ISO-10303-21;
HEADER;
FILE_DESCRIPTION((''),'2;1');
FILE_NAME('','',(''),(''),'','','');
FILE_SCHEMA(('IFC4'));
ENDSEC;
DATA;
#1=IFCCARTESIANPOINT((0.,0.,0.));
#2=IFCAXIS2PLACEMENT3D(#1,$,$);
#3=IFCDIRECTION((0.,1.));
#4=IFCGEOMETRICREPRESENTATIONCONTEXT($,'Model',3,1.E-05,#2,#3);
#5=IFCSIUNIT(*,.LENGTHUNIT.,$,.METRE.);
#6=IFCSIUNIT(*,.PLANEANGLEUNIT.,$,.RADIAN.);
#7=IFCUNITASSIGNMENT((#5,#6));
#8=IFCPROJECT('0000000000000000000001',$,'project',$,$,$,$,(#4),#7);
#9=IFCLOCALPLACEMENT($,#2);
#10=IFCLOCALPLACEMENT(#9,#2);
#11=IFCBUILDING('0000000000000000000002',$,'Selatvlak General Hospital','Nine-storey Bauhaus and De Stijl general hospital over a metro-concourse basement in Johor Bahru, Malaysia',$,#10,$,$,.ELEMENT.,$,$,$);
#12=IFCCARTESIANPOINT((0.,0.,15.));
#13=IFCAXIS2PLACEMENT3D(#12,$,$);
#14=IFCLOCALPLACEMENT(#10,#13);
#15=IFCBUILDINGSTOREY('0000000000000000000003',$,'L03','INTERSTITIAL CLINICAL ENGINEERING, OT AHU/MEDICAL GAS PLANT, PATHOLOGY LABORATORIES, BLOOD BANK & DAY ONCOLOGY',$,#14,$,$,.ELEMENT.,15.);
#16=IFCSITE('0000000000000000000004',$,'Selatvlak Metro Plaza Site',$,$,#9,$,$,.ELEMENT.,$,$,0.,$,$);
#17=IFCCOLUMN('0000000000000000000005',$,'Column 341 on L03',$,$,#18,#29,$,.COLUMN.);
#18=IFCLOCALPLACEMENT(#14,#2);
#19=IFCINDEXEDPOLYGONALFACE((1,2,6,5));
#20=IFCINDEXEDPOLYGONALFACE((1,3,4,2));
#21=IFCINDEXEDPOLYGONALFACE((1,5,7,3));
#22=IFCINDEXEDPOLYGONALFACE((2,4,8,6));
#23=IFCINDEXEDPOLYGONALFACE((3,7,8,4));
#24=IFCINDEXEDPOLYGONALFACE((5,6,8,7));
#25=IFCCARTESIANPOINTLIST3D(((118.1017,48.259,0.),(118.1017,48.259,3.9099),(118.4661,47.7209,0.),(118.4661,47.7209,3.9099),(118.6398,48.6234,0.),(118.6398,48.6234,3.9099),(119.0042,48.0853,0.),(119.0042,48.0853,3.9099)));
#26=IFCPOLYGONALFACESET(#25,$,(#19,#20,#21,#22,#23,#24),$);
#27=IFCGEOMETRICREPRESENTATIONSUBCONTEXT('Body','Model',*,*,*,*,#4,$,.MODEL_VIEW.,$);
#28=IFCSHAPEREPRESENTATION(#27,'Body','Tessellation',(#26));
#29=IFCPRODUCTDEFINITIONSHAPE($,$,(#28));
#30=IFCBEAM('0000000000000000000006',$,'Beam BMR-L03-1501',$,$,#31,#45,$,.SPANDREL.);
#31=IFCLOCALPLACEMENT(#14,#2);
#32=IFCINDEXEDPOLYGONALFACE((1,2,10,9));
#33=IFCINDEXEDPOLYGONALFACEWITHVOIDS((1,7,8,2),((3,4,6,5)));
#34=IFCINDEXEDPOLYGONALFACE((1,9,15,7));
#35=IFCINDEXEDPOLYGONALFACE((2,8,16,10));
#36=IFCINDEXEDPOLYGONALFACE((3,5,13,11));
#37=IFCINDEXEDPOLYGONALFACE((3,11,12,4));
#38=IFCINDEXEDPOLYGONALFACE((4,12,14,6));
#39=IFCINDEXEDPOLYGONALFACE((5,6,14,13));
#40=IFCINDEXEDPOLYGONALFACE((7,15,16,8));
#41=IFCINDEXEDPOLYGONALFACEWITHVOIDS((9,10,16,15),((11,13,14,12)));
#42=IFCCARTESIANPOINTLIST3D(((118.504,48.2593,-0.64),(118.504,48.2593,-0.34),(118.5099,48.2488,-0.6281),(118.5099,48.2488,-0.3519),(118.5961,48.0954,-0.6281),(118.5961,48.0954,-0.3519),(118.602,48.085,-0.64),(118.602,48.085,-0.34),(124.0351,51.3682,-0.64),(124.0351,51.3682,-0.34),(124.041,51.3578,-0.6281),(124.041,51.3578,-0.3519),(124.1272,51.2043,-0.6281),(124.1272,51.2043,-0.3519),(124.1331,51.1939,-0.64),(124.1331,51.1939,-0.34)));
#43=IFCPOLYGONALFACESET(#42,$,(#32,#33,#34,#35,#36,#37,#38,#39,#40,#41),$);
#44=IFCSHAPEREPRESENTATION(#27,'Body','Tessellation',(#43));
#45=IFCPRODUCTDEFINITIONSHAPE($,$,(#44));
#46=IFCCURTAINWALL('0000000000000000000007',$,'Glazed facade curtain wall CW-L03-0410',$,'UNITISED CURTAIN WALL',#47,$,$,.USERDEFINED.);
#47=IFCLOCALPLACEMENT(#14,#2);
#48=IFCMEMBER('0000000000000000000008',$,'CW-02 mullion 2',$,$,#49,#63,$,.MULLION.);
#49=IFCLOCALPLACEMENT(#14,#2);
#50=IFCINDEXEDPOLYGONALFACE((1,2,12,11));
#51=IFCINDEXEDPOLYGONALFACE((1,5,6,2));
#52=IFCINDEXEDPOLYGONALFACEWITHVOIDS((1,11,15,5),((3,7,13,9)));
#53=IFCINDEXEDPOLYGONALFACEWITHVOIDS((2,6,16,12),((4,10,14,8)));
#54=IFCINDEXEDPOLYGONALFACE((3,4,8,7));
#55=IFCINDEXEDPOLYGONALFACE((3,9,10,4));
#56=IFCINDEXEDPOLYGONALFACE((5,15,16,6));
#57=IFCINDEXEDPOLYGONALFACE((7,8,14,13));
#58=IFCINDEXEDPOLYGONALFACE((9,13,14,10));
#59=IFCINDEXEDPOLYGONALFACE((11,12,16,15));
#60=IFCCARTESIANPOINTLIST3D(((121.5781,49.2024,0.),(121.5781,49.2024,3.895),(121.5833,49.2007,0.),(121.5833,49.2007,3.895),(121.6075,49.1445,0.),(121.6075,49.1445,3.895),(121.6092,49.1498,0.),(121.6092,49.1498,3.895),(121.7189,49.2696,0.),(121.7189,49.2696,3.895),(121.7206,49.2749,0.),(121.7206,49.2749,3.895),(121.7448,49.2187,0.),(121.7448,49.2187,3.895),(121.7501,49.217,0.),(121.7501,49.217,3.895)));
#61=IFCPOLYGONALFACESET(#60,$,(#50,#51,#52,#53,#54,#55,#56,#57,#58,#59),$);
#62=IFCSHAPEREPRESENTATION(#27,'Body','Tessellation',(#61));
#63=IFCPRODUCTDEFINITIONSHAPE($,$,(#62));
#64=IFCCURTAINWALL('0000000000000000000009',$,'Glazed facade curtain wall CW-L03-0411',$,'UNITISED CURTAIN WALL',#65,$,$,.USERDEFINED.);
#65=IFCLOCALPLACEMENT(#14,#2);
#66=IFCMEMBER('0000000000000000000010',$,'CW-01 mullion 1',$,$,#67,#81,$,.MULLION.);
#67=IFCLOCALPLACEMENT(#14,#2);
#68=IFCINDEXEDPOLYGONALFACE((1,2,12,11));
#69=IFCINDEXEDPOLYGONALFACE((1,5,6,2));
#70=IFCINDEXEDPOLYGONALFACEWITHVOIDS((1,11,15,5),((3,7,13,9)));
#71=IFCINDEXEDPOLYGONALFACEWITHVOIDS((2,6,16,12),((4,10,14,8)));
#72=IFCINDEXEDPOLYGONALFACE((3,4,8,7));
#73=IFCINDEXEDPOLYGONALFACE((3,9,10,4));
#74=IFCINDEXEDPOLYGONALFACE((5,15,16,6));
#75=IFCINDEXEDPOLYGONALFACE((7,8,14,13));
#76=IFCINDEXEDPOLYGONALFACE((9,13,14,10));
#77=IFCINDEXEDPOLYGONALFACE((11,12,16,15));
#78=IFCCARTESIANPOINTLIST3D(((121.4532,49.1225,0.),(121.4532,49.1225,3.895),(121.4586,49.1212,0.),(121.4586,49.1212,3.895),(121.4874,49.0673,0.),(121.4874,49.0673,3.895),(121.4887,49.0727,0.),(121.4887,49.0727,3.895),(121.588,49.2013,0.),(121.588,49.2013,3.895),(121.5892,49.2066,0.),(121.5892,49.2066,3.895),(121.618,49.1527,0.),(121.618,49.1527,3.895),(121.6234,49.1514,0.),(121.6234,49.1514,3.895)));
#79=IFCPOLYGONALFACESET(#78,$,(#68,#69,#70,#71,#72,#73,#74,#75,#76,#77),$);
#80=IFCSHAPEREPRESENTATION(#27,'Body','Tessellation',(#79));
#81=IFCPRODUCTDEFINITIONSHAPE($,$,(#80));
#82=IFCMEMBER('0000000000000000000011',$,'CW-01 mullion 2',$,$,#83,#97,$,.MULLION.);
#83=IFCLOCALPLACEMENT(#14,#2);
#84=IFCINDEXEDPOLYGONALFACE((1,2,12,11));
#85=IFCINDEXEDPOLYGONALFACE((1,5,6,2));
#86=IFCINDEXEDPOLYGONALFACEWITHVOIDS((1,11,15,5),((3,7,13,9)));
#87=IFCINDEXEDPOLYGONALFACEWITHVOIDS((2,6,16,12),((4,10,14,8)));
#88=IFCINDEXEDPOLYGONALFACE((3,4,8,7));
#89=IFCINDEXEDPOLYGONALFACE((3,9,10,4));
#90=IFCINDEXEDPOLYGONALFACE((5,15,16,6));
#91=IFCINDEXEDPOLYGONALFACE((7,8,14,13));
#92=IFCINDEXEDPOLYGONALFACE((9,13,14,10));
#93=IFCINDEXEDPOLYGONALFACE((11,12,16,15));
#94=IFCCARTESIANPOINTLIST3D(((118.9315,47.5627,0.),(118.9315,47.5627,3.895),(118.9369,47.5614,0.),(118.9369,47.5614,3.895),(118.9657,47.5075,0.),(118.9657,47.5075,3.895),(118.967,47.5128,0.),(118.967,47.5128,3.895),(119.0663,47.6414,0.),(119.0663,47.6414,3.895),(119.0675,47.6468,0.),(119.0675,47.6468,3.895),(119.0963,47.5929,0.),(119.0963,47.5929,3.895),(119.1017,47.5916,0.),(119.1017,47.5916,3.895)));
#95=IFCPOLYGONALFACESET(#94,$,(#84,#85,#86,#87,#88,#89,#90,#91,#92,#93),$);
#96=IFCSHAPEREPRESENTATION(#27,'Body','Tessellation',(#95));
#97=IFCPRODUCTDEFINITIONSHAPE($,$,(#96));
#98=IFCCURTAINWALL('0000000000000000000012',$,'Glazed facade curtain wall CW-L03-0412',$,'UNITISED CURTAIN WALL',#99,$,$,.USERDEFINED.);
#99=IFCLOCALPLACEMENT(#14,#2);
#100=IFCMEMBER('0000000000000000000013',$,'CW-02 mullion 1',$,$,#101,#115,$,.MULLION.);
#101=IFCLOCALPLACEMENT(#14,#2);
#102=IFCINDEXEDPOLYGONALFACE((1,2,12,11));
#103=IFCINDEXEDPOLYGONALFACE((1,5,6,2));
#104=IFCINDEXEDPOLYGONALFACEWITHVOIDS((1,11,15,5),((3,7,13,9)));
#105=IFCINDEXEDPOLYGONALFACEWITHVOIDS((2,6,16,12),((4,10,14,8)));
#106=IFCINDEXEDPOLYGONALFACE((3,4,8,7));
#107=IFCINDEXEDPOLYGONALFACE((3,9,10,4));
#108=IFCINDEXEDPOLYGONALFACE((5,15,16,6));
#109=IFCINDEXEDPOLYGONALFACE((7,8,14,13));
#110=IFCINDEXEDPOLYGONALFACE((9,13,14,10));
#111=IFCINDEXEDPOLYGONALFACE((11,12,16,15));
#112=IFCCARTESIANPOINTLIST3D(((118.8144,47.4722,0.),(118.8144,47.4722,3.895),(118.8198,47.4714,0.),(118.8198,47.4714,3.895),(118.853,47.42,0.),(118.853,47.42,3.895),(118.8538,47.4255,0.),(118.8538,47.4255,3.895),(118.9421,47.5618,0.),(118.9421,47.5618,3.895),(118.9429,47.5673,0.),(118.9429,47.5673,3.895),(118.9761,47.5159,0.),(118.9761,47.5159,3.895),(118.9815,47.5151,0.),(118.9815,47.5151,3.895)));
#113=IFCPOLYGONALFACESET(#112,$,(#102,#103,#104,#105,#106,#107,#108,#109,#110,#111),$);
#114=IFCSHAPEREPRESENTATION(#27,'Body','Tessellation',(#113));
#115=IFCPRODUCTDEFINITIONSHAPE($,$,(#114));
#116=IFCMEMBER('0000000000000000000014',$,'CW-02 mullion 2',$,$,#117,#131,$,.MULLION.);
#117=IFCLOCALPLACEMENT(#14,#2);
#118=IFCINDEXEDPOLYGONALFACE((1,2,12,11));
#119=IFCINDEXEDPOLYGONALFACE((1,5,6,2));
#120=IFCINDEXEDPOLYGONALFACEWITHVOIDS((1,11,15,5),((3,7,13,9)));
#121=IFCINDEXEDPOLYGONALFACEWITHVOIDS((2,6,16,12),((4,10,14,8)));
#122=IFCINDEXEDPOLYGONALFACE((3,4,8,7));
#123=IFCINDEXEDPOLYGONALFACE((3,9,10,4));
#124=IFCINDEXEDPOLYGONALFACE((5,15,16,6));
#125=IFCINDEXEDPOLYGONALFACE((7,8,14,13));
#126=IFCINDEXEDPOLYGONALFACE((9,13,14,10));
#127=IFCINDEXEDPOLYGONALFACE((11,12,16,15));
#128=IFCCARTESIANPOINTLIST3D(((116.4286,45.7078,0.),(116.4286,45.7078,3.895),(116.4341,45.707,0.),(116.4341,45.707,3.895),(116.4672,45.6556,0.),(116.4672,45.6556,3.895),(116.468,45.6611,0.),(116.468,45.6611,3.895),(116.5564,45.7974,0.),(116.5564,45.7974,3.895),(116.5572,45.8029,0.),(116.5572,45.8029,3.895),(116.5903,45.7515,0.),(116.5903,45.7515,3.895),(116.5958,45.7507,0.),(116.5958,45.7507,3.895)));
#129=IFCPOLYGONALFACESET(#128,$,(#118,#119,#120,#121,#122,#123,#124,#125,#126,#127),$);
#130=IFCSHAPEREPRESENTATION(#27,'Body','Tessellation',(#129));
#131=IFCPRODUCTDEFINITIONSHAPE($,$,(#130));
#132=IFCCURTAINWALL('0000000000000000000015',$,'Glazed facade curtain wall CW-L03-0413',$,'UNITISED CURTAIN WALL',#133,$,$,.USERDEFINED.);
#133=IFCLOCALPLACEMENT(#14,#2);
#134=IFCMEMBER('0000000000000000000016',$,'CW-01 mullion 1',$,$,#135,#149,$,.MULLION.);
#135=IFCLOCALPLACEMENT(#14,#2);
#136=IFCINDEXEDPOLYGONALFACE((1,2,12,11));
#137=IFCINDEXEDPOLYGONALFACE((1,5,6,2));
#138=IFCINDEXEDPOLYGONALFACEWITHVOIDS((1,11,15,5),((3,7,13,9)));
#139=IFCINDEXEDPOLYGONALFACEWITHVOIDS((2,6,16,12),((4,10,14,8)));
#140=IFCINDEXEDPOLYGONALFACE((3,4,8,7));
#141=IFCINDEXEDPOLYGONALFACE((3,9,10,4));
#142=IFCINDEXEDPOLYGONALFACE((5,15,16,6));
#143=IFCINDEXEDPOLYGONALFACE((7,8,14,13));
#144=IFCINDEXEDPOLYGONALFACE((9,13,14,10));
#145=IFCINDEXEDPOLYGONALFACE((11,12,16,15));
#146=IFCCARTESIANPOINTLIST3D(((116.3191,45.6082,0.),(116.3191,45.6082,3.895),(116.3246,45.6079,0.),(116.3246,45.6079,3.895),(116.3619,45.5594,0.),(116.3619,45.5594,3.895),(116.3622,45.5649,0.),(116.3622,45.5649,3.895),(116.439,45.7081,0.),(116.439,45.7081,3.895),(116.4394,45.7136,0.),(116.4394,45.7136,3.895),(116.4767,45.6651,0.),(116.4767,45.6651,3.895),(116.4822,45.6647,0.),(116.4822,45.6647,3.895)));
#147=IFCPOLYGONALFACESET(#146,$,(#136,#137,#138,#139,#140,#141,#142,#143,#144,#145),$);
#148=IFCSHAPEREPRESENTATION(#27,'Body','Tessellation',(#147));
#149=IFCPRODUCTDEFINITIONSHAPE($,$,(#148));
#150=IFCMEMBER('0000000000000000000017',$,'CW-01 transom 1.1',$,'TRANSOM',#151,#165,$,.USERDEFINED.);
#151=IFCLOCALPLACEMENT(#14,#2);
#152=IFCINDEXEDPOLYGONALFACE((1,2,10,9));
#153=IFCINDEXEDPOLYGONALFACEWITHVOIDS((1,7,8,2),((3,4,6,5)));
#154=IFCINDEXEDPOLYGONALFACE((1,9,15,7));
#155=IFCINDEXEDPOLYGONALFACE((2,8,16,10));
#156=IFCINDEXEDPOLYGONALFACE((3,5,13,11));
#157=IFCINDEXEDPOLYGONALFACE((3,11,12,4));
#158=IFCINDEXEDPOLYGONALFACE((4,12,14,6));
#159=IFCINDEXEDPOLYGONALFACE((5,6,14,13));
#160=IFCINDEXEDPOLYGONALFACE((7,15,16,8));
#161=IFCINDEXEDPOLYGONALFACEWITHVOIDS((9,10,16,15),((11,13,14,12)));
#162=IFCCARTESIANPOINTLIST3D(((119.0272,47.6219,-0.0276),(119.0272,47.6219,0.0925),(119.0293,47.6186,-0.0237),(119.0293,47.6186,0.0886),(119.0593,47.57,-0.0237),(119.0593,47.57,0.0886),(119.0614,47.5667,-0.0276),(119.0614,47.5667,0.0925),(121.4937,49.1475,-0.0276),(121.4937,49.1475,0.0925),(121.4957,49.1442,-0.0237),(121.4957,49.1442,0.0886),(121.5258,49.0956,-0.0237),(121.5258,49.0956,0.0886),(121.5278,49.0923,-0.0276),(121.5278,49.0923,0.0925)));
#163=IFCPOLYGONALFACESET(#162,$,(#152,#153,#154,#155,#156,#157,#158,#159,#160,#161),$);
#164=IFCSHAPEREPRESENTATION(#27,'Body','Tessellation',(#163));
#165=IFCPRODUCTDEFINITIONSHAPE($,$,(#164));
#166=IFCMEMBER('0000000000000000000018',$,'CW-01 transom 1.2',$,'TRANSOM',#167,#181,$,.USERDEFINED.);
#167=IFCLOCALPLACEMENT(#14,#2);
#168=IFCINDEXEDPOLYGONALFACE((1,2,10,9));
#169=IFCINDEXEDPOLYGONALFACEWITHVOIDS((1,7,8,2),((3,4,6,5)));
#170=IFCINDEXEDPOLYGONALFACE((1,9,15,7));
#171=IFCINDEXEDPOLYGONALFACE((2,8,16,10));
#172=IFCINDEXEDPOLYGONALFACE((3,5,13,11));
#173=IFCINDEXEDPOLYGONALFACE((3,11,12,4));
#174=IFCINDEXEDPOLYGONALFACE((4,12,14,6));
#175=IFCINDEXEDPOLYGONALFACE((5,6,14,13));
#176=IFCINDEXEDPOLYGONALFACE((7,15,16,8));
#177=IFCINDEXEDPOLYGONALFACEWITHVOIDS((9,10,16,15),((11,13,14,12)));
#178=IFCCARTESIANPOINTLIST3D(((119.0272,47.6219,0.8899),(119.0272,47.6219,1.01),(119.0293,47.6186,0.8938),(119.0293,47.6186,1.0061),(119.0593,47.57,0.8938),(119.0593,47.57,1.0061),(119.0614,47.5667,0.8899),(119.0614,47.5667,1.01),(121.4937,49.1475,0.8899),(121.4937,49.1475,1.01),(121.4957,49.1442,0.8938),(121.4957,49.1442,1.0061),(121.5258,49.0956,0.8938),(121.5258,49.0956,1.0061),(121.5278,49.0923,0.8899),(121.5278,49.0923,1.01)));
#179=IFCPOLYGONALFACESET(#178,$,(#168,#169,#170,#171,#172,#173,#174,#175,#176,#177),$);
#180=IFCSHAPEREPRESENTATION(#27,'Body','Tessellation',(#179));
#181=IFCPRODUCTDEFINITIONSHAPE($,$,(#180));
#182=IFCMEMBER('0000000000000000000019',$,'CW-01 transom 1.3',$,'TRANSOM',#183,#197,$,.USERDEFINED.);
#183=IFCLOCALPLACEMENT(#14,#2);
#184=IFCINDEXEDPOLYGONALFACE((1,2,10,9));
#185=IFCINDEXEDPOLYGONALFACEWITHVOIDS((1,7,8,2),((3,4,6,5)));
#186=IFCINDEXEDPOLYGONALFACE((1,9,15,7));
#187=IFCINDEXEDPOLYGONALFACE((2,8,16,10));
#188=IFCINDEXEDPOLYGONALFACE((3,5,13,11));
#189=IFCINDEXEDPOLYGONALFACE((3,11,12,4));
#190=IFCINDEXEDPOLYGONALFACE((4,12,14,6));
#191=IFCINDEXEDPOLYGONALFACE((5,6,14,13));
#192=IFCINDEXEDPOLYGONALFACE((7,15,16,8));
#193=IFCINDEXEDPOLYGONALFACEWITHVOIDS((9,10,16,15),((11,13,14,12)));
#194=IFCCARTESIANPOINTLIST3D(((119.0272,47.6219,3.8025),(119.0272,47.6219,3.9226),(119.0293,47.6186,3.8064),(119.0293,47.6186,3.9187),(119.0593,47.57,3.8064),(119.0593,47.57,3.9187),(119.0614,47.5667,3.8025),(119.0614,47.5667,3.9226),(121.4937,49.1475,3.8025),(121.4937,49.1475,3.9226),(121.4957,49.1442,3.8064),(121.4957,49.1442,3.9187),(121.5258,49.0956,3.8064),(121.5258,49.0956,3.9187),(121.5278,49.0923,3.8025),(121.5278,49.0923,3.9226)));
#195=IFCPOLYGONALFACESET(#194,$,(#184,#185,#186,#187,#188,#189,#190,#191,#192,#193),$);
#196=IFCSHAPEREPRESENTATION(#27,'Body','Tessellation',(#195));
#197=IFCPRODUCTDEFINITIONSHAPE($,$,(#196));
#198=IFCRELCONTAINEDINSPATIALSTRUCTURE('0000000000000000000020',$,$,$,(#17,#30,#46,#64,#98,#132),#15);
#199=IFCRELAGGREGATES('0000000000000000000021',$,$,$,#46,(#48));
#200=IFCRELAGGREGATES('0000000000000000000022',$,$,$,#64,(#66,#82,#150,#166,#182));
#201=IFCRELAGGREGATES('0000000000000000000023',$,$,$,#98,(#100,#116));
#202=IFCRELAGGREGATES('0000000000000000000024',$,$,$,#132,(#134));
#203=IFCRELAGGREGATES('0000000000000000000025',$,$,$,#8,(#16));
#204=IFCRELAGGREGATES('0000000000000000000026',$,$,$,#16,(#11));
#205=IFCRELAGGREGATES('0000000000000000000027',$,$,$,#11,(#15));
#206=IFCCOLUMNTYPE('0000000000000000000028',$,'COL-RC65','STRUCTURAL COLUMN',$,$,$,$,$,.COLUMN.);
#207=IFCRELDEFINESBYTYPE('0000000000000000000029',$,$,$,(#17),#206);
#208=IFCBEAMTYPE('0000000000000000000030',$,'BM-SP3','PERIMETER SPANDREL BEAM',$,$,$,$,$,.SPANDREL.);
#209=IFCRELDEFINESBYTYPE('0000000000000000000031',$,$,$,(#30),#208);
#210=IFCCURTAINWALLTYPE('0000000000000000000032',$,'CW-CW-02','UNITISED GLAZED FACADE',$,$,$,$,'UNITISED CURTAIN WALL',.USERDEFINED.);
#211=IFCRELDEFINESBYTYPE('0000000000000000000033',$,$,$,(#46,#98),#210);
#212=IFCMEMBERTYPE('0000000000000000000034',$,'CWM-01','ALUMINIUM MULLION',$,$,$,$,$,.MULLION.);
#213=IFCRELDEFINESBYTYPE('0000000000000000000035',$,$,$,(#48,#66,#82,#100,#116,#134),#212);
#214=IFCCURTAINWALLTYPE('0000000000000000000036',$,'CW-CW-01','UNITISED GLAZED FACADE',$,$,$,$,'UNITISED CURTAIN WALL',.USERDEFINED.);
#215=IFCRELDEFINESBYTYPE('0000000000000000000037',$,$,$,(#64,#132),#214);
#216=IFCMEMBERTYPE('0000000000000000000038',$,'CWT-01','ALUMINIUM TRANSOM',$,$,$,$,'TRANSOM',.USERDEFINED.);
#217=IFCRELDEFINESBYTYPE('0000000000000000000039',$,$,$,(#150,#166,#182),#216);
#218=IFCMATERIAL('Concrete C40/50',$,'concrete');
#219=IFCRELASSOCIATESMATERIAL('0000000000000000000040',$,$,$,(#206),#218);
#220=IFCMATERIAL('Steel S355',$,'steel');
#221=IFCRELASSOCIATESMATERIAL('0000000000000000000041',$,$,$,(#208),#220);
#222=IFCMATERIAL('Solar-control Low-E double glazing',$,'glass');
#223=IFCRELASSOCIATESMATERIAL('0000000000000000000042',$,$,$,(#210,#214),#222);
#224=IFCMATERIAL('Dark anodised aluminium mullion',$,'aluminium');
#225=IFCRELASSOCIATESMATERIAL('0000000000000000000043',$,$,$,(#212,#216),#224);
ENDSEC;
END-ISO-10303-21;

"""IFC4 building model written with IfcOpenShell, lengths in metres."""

from ifc_helpers import new_model, si_unit, direction, frame, origin, origin_2d, place, context, subcontext, project, spatial, rectangle, hollow_rectangle, extrude, material, material_profile, profile_set, type_object, element, aggregate, save


model = new_model("IFC4")

# Units and contexts
model_context = context("Model", 3, precision=1e-05, world=origin(), true_north=direction((0.0, 1.0)))
body_context = subcontext(model_context, "Body", "Model", "MODEL_VIEW")
ifc_project = project(units=[si_unit("LENGTHUNIT", "METRE"), si_unit("PLANEANGLEUNIT", "RADIAN")], contexts=[model_context])

# Site, building, storey
site_placement = place(None, origin())
site = spatial("IfcSite", under=ifc_project, at=site_placement, Name="Selatvlak Metro Plaza Site", CompositionType="ELEMENT", RefElevation=0.0)
building_placement = place(site_placement, origin())
building = spatial("IfcBuilding", under=site, at=building_placement, Name="Selatvlak General Hospital", Description="Nine-storey Bauhaus and De Stijl general hospital over a metro-concourse basement in Johor Bahru, Malaysia", CompositionType="ELEMENT")
storey_placement = place(building_placement, frame((0.0, 0.0, 15.0)))
storey = spatial("IfcBuildingStorey", under=building, at=storey_placement, Name="L03", Description="INTERSTITIAL CLINICAL ENGINEERING, OT AHU/MEDICAL GAS PLANT, PATHOLOGY LABORATORIES, BLOOD BANK & DAY ONCOLOGY", CompositionType="ELEMENT", Elevation=15.0)

# Column
ifc_material_1 = material(Name="Concrete C40/50", Category="concrete")
ifc_material_profile_1 = material_profile(ifc_material_1, rectangle(XDim=0.6499, YDim=0.6499, at=origin_2d()), Name="RC-COL 650x650")
ifc_profile_set_1 = profile_set([ifc_material_profile_1], Name="Concrete C40/50")
column_type = type_object("IfcColumnType", Name="COL-RC65", Description="STRUCTURAL COLUMN", PredefinedType="COLUMN", material=ifc_profile_set_1)
column_placement = place(storey_placement, frame((118.553, 48.1721, 0.0), z_axis=(0.0, 0.0, 1.0), x_axis=(-0.560726, 0.828002, 0.0)))
element("IfcColumn", 1, at=column_placement, inside=storey, type_object=column_type, Name="Column 341 on L03", PredefinedType="COLUMN", context=body_context, shape_type="SweptSolid", body=[
    extrude(rectangle(XDim=0.6499, YDim=0.6499, at=origin_2d()), origin(), (0.0, 0.0, 1.0), 3.9099),
])

# Beam
ifc_material_2 = material(Name="Steel S355", Category="steel")
ifc_material_profile_2 = material_profile(ifc_material_2, hollow_rectangle(XDim=0.2, YDim=0.3, WallThickness=0.012, at=origin_2d()), Name="RHS 300x200x12")
ifc_profile_set_2 = profile_set([ifc_material_profile_2], Name="Steel S355")
beam_type = type_object("IfcBeamType", Name="BM-SP3", Description="PERIMETER SPANDREL BEAM", PredefinedType="SPANDREL", material=ifc_profile_set_2)
beam_placement = place(storey_placement, frame((118.553, 48.1721, -0.49), z_axis=(0.871731, 0.489985, 0.0), x_axis=(-0.489985, 0.871731, 0.0)))
element("IfcBeam", 2, at=beam_placement, inside=storey, type_object=beam_type, Name="Beam BMR-L03-1501", PredefinedType="SPANDREL", context=body_context, shape_type="SweptSolid", body=[
    extrude(hollow_rectangle(XDim=0.2, YDim=0.3, WallThickness=0.012, at=origin_2d()), origin(), (0.0, 0.0, 1.0), 6.345),
])

# Curtain wall, member
ifc_material_3 = material(Name="Solar-control Low-E double glazing", Category="glass")
curtain_wall_type_1 = type_object("IfcCurtainWallType", Name="CW-CW-02", Description="UNITISED GLAZED FACADE", ElementType="UNITISED CURTAIN WALL", PredefinedType="USERDEFINED", material=ifc_material_3)
curtain_wall_1_placement = place(storey_placement, origin())
curtain_wall_1 = element("IfcCurtainWall", 3, at=curtain_wall_1_placement, inside=storey, type_object=curtain_wall_type_1, Name="Glazed facade curtain wall CW-L03-0410", ObjectType="UNITISED CURTAIN WALL", PredefinedType="USERDEFINED")
ifc_material_4 = material(Name="Dark anodised aluminium mullion", Category="aluminium")
ifc_material_profile_3 = material_profile(ifc_material_4, hollow_rectangle(XDim=0.0649, YDim=0.1599, WallThickness=0.0039, at=origin_2d()), Name="AL-MUL 65x160x4")
ifc_profile_set_3 = profile_set([ifc_material_profile_3], Name="Dark anodised aluminium mullion")
member_type_1 = type_object("IfcMemberType", Name="CWM-01", Description="ALUMINIUM MULLION", PredefinedType="MULLION", material=ifc_profile_set_3)
member_1_placement = place(storey_placement, frame((121.6641, 49.2097, 0.0), z_axis=(0.0, 0.0, 1.0), x_axis=(0.453136, -0.891442, 0.0)))
member_1 = element("IfcMember", 4, at=member_1_placement, type_object=member_type_1, Name="CW-02 mullion 2", PredefinedType="MULLION", context=body_context, shape_type="SweptSolid", body=[
    extrude(hollow_rectangle(XDim=0.0649, YDim=0.1599, WallThickness=0.0039, at=origin_2d()), origin(), (0.0, 0.0, 1.0), 3.895),
])

# Curtain walls, members
curtain_wall_type_2 = type_object("IfcCurtainWallType", Name="CW-CW-01", Description="UNITISED GLAZED FACADE", ElementType="UNITISED CURTAIN WALL", PredefinedType="USERDEFINED", material=ifc_material_3)
curtain_wall_2_placement = place(storey_placement, origin())
curtain_wall_2 = element("IfcCurtainWall", 5, at=curtain_wall_2_placement, inside=storey, type_object=curtain_wall_type_2, Name="Glazed facade curtain wall CW-L03-0411", ObjectType="UNITISED CURTAIN WALL", PredefinedType="USERDEFINED")
member_2_placement = place(storey_placement, frame((121.5383, 49.137, 0.0), z_axis=(0.0, 0.0, 1.0), x_axis=(0.526048, -0.850455, 0.0)))
member_2 = element("IfcMember", 6, at=member_2_placement, type_object=member_type_1, Name="CW-01 mullion 1", PredefinedType="MULLION", context=body_context, shape_type="SweptSolid", body=[
    extrude(hollow_rectangle(XDim=0.0649, YDim=0.1599, WallThickness=0.0039, at=origin_2d()), origin(), (0.0, 0.0, 1.0), 3.895),
])
member_3_placement = place(storey_placement, frame((119.0166, 47.5771, 0.0), z_axis=(0.0, 0.0, 1.0), x_axis=(0.526048, -0.850455, 0.0)))
member_3 = element("IfcMember", 7, at=member_3_placement, type_object=member_type_1, Name="CW-01 mullion 2", PredefinedType="MULLION", context=body_context, shape_type="SweptSolid", body=[
    extrude(hollow_rectangle(XDim=0.0649, YDim=0.1599, WallThickness=0.0039, at=origin_2d()), origin(), (0.0, 0.0, 1.0), 3.895),
])
curtain_wall_3_placement = place(storey_placement, origin())
curtain_wall_3 = element("IfcCurtainWall", 8, at=curtain_wall_3_placement, inside=storey, type_object=curtain_wall_type_1, Name="Glazed facade curtain wall CW-L03-0412", ObjectType="UNITISED CURTAIN WALL", PredefinedType="USERDEFINED")
member_4_placement = place(storey_placement, frame((118.8979, 47.4937, 0.0), z_axis=(0.0, 0.0, 1.0), x_axis=(0.594604, -0.804018, 0.0)))
member_4 = element("IfcMember", 9, at=member_4_placement, type_object=member_type_1, Name="CW-02 mullion 1", PredefinedType="MULLION", context=body_context, shape_type="SweptSolid", body=[
    extrude(hollow_rectangle(XDim=0.0649, YDim=0.1599, WallThickness=0.0039, at=origin_2d()), origin(), (0.0, 0.0, 1.0), 3.895),
])
member_5_placement = place(storey_placement, frame((116.5122, 45.7292, 0.0), z_axis=(0.0, 0.0, 1.0), x_axis=(0.594604, -0.804018, 0.0)))
member_5 = element("IfcMember", 10, at=member_5_placement, type_object=member_type_1, Name="CW-02 mullion 2", PredefinedType="MULLION", context=body_context, shape_type="SweptSolid", body=[
    extrude(hollow_rectangle(XDim=0.0649, YDim=0.1599, WallThickness=0.0039, at=origin_2d()), origin(), (0.0, 0.0, 1.0), 3.895),
])

# Curtain wall, member
curtain_wall_4_placement = place(storey_placement, origin())
curtain_wall_4 = element("IfcCurtainWall", 11, at=curtain_wall_4_placement, inside=storey, type_object=curtain_wall_type_2, Name="Glazed facade curtain wall CW-L03-0413", ObjectType="UNITISED CURTAIN WALL", PredefinedType="USERDEFINED")
member_6_placement = place(storey_placement, frame((116.4006, 45.6365, 0.0), z_axis=(0.0, 0.0, 1.0), x_axis=(0.658878, -0.75225, 0.0)))
member_6 = element("IfcMember", 12, at=member_6_placement, type_object=member_type_1, Name="CW-01 mullion 1", PredefinedType="MULLION", context=body_context, shape_type="SweptSolid", body=[
    extrude(hollow_rectangle(XDim=0.0649, YDim=0.1599, WallThickness=0.0039, at=origin_2d()), origin(), (0.0, 0.0, 1.0), 3.895),
])

# Members
ifc_material_profile_4 = material_profile(ifc_material_4, hollow_rectangle(XDim=0.0649, YDim=0.1201, WallThickness=0.0039, at=origin_2d()), Name="AL-TRN 65x120x4")
ifc_profile_set_4 = profile_set([ifc_material_profile_4], Name="Dark anodised aluminium mullion")
member_type_2 = type_object("IfcMemberType", Name="CWT-01", Description="ALUMINIUM TRANSOM", ElementType="TRANSOM", PredefinedType="USERDEFINED", material=ifc_profile_set_4)
member_7_placement = place(storey_placement, frame((121.5107, 49.1199, 0.0325), z_axis=(-0.850462, -0.526036, 0.0), x_axis=(0.526036, -0.850462, 0.0)))
member_7 = element("IfcMember", 13, at=member_7_placement, type_object=member_type_2, Name="CW-01 transom 1.1", ObjectType="TRANSOM", PredefinedType="USERDEFINED", context=body_context, shape_type="SweptSolid", body=[
    extrude(hollow_rectangle(XDim=0.0649, YDim=0.1201, WallThickness=0.0039, at=origin_2d()), origin(), (0.0, 0.0, 1.0), 2.9001),
])
member_8_placement = place(storey_placement, frame((121.5107, 49.1199, 0.95), z_axis=(-0.850462, -0.526036, 0.0), x_axis=(0.526036, -0.850462, 0.0)))
member_8 = element("IfcMember", 14, at=member_8_placement, type_object=member_type_2, Name="CW-01 transom 1.2", ObjectType="TRANSOM", PredefinedType="USERDEFINED", context=body_context, shape_type="SweptSolid", body=[
    extrude(hollow_rectangle(XDim=0.0649, YDim=0.1201, WallThickness=0.0039, at=origin_2d()), origin(), (0.0, 0.0, 1.0), 2.9001),
])
member_9_placement = place(storey_placement, frame((121.5107, 49.1199, 3.8625), z_axis=(-0.850462, -0.526036, 0.0), x_axis=(0.526036, -0.850462, 0.0)))
member_9 = element("IfcMember", 15, at=member_9_placement, type_object=member_type_2, Name="CW-01 transom 1.3", ObjectType="TRANSOM", PredefinedType="USERDEFINED", context=body_context, shape_type="SweptSolid", body=[
    extrude(hollow_rectangle(XDim=0.0649, YDim=0.1201, WallThickness=0.0039, at=origin_2d()), origin(), (0.0, 0.0, 1.0), 2.9001),
])

aggregate(curtain_wall_1, [member_1])
aggregate(curtain_wall_2, [member_2, member_3, member_7, member_8, member_9])
aggregate(curtain_wall_3, [member_4, member_5])
aggregate(curtain_wall_4, [member_6])

save(model, "model.ifc")
